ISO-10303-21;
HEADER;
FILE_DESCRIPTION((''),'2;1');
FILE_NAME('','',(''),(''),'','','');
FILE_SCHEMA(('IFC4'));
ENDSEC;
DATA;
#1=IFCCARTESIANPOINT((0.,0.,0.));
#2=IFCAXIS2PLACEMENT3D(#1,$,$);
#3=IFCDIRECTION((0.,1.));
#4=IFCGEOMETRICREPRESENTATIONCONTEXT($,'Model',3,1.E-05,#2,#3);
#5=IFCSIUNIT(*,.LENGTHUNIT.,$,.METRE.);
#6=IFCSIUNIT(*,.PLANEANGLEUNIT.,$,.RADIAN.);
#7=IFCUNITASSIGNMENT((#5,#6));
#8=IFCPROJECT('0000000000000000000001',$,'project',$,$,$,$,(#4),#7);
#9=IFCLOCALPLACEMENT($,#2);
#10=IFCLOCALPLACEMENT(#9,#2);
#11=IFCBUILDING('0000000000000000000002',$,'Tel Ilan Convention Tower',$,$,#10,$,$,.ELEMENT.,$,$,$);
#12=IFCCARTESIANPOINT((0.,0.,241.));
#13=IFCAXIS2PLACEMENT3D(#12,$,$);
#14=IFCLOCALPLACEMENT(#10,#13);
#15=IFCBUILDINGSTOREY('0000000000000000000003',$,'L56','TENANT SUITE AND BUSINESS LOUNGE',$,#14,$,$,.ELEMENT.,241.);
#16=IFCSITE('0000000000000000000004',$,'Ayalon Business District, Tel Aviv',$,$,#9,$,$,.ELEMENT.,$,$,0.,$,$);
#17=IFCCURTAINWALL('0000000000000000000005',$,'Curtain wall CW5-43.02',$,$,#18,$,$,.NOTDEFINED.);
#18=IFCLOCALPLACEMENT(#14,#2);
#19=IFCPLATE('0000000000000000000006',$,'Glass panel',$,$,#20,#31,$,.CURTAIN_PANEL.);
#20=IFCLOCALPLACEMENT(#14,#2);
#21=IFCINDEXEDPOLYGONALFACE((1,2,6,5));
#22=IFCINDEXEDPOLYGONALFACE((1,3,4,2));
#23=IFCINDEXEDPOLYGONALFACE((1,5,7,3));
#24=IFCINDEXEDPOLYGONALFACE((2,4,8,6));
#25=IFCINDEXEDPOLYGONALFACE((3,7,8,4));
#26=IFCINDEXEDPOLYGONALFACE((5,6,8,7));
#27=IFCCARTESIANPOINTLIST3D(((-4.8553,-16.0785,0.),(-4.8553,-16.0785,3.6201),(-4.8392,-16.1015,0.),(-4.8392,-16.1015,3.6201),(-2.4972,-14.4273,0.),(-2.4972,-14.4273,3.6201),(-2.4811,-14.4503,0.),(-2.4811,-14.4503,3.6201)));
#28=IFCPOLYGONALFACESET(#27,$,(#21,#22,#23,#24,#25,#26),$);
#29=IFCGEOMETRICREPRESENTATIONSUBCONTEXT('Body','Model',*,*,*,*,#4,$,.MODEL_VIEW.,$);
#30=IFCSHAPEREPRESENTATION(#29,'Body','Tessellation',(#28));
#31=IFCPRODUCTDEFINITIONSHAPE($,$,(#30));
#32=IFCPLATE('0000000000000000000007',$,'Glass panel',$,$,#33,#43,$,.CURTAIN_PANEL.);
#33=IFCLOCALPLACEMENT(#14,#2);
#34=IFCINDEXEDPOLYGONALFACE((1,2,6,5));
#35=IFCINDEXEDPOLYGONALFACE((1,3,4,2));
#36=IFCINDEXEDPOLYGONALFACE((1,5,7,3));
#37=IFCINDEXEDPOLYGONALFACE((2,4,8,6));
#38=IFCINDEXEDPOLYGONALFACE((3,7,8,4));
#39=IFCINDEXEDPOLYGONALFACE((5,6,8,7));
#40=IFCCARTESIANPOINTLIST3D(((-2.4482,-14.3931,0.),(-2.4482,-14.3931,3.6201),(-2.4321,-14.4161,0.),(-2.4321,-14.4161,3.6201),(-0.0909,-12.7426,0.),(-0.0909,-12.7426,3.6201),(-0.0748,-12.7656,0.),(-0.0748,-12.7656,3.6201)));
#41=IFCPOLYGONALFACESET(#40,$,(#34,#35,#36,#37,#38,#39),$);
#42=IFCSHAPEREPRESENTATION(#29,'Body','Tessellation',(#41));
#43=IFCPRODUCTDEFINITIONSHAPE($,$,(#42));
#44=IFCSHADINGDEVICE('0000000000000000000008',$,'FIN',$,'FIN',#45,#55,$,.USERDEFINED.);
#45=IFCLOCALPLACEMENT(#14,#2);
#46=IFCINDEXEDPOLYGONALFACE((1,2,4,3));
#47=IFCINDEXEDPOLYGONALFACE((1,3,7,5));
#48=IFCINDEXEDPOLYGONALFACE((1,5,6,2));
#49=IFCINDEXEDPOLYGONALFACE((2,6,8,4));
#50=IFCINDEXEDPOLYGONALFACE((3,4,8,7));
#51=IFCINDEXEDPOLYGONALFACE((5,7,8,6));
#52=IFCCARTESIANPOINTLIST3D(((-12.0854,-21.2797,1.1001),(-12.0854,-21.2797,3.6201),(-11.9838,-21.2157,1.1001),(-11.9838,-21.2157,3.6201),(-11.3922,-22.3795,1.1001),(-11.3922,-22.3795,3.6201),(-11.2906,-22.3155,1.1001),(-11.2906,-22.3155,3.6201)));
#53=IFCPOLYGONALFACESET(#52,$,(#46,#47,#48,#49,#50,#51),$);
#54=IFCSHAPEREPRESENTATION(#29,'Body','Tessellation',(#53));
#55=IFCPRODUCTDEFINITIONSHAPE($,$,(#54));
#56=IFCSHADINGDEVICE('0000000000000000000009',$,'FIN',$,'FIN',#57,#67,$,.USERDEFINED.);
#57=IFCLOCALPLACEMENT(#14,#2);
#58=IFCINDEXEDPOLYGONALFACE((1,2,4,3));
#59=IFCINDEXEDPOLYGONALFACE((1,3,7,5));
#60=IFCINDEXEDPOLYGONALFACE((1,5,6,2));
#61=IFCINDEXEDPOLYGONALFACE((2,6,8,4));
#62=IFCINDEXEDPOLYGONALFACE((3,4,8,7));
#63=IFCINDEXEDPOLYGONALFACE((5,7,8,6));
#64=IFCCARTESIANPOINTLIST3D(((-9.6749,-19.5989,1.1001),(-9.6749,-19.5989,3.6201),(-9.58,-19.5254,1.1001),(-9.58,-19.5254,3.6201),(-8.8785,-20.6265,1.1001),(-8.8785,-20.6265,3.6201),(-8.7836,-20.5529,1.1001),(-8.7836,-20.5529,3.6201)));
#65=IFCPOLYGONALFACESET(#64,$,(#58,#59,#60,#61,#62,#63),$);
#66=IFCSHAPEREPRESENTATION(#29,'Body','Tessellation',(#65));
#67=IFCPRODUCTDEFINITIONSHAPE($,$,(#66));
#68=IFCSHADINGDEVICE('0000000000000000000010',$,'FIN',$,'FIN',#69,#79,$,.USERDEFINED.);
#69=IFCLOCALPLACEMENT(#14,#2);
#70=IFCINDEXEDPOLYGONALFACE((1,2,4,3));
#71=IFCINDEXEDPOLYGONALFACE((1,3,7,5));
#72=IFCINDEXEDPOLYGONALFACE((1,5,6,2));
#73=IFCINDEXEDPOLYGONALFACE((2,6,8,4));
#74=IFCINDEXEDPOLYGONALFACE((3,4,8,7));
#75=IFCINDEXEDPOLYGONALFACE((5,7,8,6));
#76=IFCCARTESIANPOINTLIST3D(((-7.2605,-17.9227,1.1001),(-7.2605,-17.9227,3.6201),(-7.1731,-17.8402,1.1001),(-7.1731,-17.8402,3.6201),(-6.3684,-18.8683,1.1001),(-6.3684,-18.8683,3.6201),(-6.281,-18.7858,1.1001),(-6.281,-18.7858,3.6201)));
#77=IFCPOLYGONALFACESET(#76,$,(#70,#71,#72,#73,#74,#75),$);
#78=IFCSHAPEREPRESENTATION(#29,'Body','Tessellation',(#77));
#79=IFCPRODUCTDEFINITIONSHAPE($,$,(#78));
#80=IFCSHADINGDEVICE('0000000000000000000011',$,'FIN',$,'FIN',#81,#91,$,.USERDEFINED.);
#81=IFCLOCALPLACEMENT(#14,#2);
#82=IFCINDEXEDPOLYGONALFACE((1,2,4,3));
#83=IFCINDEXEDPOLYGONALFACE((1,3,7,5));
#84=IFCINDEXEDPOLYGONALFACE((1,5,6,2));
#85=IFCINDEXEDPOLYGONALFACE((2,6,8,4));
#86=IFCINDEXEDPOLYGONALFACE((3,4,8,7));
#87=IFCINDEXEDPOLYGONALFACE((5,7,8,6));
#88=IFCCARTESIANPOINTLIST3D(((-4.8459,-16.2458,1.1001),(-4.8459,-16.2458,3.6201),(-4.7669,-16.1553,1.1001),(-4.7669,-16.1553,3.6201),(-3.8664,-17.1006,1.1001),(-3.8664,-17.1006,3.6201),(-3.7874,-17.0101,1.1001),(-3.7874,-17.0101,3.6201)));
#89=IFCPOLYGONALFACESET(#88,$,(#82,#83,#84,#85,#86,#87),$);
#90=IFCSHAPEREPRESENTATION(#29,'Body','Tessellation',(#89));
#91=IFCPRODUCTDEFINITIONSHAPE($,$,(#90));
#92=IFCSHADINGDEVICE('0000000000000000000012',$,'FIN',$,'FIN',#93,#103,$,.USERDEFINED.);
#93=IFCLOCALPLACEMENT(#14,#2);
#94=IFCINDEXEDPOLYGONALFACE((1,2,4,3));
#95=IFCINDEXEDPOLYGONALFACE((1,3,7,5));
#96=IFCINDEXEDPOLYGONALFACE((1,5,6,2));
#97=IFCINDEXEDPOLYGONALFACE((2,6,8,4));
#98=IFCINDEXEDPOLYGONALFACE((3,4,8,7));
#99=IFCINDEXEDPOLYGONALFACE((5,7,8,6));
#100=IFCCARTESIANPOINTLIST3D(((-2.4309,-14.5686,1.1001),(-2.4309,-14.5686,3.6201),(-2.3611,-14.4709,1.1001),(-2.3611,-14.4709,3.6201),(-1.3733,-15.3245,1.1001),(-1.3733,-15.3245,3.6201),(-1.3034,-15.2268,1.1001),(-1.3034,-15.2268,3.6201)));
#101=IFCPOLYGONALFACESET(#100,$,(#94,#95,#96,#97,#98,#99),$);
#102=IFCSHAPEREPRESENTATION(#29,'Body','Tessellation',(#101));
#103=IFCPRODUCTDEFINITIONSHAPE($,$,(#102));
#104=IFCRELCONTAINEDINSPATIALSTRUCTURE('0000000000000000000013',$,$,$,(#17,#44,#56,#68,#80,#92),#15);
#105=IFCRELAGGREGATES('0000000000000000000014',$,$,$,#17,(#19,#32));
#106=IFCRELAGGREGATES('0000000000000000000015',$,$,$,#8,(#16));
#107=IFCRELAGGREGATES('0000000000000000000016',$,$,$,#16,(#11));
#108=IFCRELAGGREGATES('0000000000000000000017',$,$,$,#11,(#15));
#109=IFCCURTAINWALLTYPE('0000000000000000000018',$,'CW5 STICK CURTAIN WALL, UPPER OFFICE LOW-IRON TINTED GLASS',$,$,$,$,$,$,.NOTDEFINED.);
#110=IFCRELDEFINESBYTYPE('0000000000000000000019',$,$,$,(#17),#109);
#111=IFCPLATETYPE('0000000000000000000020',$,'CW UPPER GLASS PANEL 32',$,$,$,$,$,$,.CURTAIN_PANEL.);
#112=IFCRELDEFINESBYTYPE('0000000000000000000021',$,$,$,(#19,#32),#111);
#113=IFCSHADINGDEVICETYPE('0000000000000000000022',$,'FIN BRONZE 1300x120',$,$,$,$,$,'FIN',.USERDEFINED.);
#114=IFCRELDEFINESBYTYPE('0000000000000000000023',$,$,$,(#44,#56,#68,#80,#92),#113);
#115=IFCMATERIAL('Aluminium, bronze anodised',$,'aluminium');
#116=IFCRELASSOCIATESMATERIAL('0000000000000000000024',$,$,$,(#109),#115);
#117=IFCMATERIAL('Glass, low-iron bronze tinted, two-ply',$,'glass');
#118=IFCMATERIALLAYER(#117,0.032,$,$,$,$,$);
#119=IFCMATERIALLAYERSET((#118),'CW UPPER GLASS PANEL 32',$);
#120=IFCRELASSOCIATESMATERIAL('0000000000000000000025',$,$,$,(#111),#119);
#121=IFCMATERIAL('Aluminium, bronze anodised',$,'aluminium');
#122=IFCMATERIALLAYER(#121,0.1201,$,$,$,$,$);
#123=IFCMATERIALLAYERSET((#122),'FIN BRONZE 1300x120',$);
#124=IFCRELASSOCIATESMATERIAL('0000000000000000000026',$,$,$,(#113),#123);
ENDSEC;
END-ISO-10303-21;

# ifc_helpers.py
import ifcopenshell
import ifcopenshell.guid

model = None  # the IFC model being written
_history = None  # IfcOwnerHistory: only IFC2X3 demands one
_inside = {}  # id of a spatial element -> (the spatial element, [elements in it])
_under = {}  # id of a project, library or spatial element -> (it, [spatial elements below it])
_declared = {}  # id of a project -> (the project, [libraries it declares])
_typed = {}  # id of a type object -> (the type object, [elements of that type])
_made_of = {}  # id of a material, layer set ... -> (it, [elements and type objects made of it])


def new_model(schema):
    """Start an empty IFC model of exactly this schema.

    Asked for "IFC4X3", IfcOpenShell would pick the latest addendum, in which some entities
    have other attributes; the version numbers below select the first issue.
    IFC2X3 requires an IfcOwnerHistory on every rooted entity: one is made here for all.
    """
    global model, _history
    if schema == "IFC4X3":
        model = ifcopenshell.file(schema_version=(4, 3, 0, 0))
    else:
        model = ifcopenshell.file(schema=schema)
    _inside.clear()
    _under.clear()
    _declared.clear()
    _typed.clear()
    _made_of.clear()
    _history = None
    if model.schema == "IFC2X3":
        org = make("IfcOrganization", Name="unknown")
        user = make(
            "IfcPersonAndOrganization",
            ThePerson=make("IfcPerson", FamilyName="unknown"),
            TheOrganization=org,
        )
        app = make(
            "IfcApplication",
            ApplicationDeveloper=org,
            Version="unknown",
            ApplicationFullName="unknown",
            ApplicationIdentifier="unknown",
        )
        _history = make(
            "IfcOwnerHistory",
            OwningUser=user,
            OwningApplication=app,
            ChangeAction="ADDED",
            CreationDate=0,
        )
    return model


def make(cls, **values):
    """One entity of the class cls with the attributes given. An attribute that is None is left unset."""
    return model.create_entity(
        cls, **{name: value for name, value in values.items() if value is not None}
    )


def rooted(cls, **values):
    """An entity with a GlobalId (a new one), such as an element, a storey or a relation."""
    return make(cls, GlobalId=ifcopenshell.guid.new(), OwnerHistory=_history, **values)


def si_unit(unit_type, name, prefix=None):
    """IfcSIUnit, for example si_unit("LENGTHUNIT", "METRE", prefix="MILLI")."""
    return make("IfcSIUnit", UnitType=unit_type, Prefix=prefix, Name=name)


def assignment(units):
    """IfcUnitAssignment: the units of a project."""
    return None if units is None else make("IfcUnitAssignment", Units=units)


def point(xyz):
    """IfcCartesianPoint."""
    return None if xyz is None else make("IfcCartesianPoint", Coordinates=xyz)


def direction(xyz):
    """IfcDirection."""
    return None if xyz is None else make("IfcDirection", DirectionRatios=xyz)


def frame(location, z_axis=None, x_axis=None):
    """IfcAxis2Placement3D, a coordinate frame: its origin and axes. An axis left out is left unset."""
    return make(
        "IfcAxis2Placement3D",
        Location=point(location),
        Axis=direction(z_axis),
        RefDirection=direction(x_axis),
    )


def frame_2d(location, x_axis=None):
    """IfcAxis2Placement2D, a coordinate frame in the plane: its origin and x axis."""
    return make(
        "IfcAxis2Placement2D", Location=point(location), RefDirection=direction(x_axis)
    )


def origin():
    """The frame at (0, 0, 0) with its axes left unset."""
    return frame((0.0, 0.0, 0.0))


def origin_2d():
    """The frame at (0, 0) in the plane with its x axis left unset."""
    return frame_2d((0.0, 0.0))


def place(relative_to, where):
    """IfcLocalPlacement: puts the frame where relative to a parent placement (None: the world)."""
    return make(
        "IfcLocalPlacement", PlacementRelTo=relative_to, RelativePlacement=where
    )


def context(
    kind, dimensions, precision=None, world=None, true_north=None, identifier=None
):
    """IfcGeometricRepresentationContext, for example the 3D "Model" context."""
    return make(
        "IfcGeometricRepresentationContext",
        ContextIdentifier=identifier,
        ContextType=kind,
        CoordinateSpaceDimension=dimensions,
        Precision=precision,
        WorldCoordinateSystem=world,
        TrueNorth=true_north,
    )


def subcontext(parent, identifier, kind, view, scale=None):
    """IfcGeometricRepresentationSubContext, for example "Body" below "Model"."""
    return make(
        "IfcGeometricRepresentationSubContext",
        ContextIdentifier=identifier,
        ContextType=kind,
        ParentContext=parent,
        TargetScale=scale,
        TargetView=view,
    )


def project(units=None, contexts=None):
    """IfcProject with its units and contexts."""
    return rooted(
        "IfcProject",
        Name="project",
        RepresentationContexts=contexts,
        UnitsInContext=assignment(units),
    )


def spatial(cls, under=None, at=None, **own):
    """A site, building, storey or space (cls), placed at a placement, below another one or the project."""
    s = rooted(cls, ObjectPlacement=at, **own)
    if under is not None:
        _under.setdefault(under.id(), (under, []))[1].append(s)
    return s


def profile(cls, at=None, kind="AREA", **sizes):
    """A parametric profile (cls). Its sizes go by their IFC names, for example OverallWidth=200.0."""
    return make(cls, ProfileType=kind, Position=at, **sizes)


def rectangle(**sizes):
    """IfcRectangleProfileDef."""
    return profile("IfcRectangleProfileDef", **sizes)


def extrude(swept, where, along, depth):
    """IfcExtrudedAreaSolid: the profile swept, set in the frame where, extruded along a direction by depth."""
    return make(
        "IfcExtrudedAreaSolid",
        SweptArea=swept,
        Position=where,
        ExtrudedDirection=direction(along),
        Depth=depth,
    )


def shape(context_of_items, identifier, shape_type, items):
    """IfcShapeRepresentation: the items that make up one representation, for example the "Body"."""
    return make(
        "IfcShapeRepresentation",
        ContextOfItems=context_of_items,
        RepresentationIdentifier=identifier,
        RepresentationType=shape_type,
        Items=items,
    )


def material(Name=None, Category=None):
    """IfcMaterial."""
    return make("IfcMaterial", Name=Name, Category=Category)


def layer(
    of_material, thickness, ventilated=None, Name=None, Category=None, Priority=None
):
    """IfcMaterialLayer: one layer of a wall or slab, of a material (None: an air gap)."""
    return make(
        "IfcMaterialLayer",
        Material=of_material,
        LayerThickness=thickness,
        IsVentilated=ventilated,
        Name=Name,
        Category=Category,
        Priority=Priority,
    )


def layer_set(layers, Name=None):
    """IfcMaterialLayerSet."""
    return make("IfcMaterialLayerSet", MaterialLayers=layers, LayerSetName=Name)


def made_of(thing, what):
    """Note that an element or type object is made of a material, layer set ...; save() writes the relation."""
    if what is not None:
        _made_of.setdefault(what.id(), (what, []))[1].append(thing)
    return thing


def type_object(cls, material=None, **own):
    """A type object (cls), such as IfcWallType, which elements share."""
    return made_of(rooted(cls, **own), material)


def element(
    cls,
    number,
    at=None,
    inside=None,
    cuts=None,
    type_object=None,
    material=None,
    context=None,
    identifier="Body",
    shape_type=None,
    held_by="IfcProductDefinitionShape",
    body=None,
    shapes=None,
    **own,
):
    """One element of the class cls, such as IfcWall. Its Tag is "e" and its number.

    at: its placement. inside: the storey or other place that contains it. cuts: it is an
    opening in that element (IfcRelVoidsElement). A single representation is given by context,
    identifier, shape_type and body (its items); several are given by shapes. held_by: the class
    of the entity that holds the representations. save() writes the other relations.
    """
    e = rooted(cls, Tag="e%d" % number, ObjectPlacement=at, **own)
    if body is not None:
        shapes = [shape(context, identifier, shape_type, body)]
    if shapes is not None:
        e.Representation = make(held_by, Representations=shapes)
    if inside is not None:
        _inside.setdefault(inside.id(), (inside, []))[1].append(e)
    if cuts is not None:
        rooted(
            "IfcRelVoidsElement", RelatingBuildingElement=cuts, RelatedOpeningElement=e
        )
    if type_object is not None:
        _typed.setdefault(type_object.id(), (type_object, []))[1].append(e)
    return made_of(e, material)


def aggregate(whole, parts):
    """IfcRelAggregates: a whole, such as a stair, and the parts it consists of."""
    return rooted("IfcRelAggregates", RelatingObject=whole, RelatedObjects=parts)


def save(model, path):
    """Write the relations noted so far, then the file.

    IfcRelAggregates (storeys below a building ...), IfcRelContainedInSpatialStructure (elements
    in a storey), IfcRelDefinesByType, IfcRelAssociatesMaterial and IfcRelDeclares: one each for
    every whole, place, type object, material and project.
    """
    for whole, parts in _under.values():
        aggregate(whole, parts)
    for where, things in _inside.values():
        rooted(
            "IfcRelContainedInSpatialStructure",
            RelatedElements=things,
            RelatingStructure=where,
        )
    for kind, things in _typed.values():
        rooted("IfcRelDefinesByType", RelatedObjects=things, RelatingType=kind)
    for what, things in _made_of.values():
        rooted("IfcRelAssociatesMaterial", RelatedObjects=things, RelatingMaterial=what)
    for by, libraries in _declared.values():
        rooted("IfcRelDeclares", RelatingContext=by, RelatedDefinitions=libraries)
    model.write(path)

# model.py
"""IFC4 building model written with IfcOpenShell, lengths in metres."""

from ifc_helpers import new_model, si_unit, direction, frame, origin, origin_2d, place, context, subcontext, project, spatial, rectangle, extrude, material, layer, layer_set, type_object, element, aggregate, save


model = new_model("IFC4")

# Units and contexts
model_context = context("Model", 3, precision=1e-05, world=origin(), true_north=direction((0.0, 1.0)))
body_context = subcontext(model_context, "Body", "Model", "MODEL_VIEW")
ifc_project = project(units=[si_unit("LENGTHUNIT", "METRE"), si_unit("PLANEANGLEUNIT", "RADIAN")], contexts=[model_context])

# Site, building, storey
site_placement = place(None, origin())
site = spatial("IfcSite", under=ifc_project, at=site_placement, Name="Ayalon Business District, Tel Aviv", CompositionType="ELEMENT", RefElevation=0.0)
building_placement = place(site_placement, origin())
building = spatial("IfcBuilding", under=site, at=building_placement, Name="Tel Ilan Convention Tower", CompositionType="ELEMENT")
storey_placement = place(building_placement, frame((0.0, 0.0, 241.0)))
storey = spatial("IfcBuildingStorey", under=building, at=storey_placement, Name="L56", Description="TENANT SUITE AND BUSINESS LOUNGE", CompositionType="ELEMENT", Elevation=241.0)

# Curtain wall, plates
ifc_material_1 = material(Name="Aluminium, bronze anodised", Category="aluminium")
curtain_wall_type = type_object("IfcCurtainWallType", Name="CW5 STICK CURTAIN WALL, UPPER OFFICE LOW-IRON TINTED GLASS", PredefinedType="NOTDEFINED", material=ifc_material_1)
curtain_wall_placement = place(storey_placement, origin())
curtain_wall = element("IfcCurtainWall", 1, at=curtain_wall_placement, inside=storey, type_object=curtain_wall_type, Name="Curtain wall CW5-43.02", PredefinedType="NOTDEFINED")
ifc_material_2 = material(Name="Glass, low-iron bronze tinted, two-ply", Category="glass")
ifc_layer_1 = layer(ifc_material_2, 0.032)
ifc_layer_set_1 = layer_set([ifc_layer_1], Name="CW UPPER GLASS PANEL 32")
plate_type = type_object("IfcPlateType", Name="CW UPPER GLASS PANEL 32", PredefinedType="CURTAIN_PANEL", material=ifc_layer_set_1)
plate_1_placement = place(storey_placement, frame((-3.6682, -15.2644, 0.0), z_axis=(0.0, 0.0, 1.0), x_axis=(0.819152, 0.573576, 0.0)))
plate_1 = element("IfcPlate", 2, at=plate_1_placement, type_object=plate_type, Name="Glass panel", PredefinedType="CURTAIN_PANEL", context=body_context, shape_type="SweptSolid", body=[
    extrude(rectangle(XDim=2.8787, YDim=0.0281, at=origin_2d()), origin(), (0.0, 0.0, 1.0), 3.6201),
])
plate_2_placement = place(storey_placement, frame((-1.2615, -13.5793, 0.0), z_axis=(0.0, 0.0, 1.0), x_axis=(0.819152, 0.573576, 0.0)))
plate_2 = element("IfcPlate", 3, at=plate_2_placement, type_object=plate_type, Name="Glass panel", PredefinedType="CURTAIN_PANEL", context=body_context, shape_type="SweptSolid", body=[
    extrude(rectangle(XDim=2.8777, YDim=0.0281, at=origin_2d()), origin(), (0.0, 0.0, 1.0), 3.6201),
])
aggregate(curtain_wall, [plate_1, plate_2])

# Shading devices
ifc_material_3 = material(Name="Aluminium, bronze anodised", Category="aluminium")
ifc_layer_2 = layer(ifc_material_3, 0.1201)
ifc_layer_set_2 = layer_set([ifc_layer_2], Name="FIN BRONZE 1300x120")
shading_device_type = type_object("IfcShadingDeviceType", Name="FIN BRONZE 1300x120", ElementType="FIN", PredefinedType="USERDEFINED", material=ifc_layer_set_2)
for number, where, z_axis, x_axis, name in (
    (4, (-11.688, -21.7976, 1.1001), (0.0, 0.0, 1.0), (0.533204, -0.845986, 0.0), "FIN"),
    (5, (-9.2292, -20.0759, 1.1001), (0.0, 0.0, 1.0), (0.612601, -0.790393, 0.0), "FIN"),
    (6, (-6.7708, -18.3542, 1.1001), (0.0, 0.0, 1.0), (0.686242, -0.727374, 0.0), "FIN"),
    (7, (-4.3167, -16.6279, 1.1001), (0.0, 0.0, 1.0), (0.753436, -0.657521, 0.0), "FIN"),
    (8, (-1.8672, -14.8977, 1.1001), (0.0, 0.0, 1.0), (0.813552, -0.581492, 0.0), "FIN"),
):
    element("IfcShadingDevice", number, at=place(storey_placement, frame(where, z_axis=z_axis, x_axis=x_axis)), inside=storey, type_object=shading_device_type, Name=name, ObjectType="FIN", PredefinedType="USERDEFINED", context=body_context, shape_type="SweptSolid", body=[
        extrude(rectangle(XDim=1.3, YDim=0.1201, at=origin_2d()), origin(), (0.0, 0.0, 1.0), 2.52),
    ])

save(model, "model.ifc")
